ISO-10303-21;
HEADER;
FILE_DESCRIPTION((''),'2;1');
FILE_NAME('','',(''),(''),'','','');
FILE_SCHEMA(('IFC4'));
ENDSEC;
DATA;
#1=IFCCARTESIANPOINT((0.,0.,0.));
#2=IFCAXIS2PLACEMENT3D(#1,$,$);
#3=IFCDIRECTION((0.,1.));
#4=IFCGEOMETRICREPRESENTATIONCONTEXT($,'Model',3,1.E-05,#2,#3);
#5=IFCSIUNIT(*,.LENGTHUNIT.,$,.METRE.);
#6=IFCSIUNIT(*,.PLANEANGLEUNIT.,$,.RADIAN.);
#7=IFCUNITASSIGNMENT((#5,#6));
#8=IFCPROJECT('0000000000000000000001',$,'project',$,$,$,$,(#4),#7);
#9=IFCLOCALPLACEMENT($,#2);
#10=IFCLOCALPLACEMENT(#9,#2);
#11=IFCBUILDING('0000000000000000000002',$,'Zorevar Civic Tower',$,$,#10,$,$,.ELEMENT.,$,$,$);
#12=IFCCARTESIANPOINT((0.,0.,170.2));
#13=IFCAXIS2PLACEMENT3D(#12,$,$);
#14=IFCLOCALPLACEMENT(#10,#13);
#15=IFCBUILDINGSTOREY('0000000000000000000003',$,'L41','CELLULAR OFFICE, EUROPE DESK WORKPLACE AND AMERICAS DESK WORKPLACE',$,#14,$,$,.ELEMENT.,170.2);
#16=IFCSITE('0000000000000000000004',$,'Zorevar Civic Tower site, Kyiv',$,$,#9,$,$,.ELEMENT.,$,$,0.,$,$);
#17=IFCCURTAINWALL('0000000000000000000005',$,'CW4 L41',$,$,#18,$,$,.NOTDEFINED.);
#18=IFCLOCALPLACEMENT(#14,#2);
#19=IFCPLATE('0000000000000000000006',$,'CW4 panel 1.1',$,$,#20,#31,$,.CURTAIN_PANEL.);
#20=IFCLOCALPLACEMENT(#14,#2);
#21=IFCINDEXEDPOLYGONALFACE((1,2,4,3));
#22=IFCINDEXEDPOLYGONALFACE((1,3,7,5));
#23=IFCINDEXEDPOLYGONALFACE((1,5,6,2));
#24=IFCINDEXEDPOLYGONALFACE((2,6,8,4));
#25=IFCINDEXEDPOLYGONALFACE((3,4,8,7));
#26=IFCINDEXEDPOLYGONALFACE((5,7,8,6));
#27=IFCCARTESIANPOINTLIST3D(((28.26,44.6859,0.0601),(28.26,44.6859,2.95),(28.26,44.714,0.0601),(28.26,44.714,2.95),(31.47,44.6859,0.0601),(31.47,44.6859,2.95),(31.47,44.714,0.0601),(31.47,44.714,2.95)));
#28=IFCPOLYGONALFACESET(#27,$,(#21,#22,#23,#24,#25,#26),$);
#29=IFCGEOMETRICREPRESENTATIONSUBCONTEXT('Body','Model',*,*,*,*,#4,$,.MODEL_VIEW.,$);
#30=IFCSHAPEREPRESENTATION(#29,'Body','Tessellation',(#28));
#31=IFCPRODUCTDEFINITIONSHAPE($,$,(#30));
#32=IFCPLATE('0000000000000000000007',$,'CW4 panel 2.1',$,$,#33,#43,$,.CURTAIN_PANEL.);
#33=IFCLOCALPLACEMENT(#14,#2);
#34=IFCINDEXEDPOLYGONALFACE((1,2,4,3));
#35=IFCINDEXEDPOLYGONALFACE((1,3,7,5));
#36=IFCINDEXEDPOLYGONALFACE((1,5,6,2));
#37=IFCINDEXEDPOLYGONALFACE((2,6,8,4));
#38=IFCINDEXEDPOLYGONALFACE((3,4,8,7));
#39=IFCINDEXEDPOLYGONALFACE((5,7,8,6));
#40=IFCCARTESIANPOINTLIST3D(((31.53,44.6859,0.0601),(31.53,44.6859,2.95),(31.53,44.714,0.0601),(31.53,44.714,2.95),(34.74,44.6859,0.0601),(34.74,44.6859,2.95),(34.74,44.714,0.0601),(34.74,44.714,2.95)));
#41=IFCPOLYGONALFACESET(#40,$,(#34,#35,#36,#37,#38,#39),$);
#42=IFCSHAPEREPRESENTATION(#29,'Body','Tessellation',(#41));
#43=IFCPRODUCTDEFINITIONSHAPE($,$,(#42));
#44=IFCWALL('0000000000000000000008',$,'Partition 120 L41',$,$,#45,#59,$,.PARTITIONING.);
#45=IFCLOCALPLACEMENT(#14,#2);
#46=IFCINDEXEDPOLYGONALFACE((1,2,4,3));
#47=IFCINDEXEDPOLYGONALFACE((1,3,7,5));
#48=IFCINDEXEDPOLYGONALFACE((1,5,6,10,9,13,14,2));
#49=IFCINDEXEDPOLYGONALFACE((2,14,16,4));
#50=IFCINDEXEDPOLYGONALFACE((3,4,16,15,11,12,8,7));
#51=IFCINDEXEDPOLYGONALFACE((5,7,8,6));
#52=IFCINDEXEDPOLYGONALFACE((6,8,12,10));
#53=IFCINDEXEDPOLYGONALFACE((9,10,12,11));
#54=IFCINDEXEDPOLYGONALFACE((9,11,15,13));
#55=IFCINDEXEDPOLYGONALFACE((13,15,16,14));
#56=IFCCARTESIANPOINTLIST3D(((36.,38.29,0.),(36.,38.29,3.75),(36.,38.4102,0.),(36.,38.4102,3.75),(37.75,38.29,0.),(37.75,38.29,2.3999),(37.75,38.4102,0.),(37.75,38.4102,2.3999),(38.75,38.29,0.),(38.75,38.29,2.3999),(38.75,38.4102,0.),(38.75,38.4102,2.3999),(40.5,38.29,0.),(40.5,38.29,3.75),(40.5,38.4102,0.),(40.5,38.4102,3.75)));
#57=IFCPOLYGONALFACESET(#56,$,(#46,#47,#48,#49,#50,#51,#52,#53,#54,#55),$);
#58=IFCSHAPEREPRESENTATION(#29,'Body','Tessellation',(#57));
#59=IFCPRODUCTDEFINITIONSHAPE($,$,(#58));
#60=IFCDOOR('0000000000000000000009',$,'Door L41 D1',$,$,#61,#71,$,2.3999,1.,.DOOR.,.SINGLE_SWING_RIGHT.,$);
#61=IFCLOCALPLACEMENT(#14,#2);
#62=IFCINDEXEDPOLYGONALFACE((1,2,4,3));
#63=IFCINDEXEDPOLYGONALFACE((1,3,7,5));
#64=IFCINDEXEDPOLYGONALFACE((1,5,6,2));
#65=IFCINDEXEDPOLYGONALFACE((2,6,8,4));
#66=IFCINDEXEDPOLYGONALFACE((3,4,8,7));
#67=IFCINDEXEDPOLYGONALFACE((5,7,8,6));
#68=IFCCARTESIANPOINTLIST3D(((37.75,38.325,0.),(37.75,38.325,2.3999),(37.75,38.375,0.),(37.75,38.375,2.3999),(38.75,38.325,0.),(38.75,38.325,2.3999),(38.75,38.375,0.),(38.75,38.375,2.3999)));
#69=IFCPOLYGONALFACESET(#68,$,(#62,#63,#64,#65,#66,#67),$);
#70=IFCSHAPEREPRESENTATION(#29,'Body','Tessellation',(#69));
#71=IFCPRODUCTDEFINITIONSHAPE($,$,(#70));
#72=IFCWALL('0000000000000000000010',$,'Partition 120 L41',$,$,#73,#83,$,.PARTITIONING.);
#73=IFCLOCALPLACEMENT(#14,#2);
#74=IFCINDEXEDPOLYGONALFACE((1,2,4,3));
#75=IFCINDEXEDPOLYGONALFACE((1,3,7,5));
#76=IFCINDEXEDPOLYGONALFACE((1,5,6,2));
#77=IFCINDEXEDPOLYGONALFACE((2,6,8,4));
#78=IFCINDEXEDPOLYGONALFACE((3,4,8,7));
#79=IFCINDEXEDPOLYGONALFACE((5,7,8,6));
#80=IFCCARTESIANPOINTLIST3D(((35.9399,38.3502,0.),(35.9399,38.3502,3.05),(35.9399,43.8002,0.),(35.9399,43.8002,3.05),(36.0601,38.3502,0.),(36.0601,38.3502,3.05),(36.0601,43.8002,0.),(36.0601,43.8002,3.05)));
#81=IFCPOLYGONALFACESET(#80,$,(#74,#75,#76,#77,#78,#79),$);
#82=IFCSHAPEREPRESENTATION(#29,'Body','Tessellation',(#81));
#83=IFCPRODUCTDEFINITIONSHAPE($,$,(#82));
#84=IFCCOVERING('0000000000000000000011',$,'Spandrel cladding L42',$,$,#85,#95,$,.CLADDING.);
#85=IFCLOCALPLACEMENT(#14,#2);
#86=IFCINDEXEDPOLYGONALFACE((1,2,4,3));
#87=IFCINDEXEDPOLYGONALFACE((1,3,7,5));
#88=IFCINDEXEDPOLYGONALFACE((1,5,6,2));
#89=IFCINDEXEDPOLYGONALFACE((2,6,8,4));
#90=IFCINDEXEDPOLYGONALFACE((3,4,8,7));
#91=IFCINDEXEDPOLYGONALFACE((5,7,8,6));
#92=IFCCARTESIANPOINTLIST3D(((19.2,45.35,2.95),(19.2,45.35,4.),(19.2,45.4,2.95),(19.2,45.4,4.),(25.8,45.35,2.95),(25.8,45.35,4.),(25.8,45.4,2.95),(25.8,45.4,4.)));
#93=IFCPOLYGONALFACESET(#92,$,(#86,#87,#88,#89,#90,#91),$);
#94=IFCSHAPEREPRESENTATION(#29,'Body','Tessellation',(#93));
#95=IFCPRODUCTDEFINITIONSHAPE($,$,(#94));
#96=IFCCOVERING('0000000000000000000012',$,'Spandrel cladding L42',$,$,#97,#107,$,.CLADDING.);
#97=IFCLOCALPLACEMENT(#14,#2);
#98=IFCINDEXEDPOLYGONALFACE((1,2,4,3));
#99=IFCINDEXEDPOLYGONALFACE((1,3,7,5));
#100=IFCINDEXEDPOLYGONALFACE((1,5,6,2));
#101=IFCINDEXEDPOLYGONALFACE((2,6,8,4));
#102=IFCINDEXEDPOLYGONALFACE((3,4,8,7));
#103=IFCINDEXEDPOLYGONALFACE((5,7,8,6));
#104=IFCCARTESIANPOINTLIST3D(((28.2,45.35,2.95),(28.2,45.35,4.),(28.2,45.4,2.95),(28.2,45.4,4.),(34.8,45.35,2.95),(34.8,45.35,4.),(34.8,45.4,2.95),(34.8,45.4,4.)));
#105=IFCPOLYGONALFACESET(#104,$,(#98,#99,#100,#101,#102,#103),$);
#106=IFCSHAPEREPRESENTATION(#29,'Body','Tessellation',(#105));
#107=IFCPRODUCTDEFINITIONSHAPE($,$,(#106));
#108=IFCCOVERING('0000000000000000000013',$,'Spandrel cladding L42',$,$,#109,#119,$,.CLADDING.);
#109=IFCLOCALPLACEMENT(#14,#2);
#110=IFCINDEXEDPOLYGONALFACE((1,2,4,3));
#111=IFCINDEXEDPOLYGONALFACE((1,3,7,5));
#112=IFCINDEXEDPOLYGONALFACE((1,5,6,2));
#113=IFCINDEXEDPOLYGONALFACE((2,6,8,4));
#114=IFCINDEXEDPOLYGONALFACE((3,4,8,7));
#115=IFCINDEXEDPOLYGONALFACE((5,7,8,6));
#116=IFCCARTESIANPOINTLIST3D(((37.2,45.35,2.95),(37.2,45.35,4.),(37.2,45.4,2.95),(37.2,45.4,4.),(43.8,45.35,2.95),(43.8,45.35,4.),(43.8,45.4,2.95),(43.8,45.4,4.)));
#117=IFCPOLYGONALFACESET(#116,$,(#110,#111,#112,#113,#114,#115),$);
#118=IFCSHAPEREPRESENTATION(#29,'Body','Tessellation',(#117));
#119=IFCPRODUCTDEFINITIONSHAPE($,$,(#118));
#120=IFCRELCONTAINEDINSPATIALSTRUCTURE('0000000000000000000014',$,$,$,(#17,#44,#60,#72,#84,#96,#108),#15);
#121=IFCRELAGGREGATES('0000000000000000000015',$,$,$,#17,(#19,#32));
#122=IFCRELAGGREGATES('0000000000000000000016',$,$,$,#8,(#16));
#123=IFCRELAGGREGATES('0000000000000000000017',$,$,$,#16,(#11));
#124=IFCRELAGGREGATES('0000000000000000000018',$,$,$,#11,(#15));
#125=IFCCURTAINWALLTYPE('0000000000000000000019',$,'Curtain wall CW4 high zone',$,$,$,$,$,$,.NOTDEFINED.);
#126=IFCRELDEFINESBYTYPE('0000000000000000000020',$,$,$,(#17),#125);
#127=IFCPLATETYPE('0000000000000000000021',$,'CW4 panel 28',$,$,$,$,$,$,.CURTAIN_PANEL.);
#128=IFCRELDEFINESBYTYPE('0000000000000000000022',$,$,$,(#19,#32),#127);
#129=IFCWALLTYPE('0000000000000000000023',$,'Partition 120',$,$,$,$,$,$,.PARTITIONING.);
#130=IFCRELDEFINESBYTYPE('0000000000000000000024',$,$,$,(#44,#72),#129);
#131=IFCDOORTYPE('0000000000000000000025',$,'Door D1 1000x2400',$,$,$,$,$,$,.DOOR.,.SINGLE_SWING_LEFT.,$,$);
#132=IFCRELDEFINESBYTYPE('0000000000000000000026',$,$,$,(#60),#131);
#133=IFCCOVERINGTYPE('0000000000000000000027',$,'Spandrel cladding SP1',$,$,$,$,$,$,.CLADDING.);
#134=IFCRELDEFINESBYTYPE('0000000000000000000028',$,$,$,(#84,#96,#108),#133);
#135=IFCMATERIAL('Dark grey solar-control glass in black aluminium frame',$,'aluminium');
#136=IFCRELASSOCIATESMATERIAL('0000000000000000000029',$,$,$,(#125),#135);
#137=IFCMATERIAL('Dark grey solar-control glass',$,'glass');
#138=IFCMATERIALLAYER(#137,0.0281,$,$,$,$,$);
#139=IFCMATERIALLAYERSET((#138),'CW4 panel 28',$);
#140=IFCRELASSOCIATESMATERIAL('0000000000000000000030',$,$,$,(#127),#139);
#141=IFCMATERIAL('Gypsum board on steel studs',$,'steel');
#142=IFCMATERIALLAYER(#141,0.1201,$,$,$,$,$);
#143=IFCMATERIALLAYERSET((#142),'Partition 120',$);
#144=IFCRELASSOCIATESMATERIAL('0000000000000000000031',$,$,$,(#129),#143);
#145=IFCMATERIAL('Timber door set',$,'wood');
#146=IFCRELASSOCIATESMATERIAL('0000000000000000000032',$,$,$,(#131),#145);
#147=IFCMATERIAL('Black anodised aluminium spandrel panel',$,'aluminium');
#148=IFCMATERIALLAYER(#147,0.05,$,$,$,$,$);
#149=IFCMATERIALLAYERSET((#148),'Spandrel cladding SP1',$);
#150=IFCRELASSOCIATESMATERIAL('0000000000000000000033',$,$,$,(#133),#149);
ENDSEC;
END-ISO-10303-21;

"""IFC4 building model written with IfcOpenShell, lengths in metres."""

from ifc_helpers import new_model, si_unit, direction, frame, frame_2d, origin, origin_2d, place, context, subcontext, project, spatial, rectangle, extrude, material, layer, layer_set, type_object, element, fill, aggregate, save


model = new_model("IFC4")

# Units and contexts
model_context = context("Model", 3, precision=1e-05, world=origin(), true_north=direction((0.0, 1.0)))
body_context = subcontext(model_context, "Body", "Model", "MODEL_VIEW")
ifc_project = project(units=[si_unit("LENGTHUNIT", "METRE"), si_unit("PLANEANGLEUNIT", "RADIAN")], contexts=[model_context])

# Site, building, storey
site_placement = place(None, origin())
site = spatial("IfcSite", under=ifc_project, at=site_placement, Name="Zorevar Civic Tower site, Kyiv", CompositionType="ELEMENT", RefElevation=0.0)
building_placement = place(site_placement, origin())
building = spatial("IfcBuilding", under=site, at=building_placement, Name="Zorevar Civic Tower", CompositionType="ELEMENT")
storey_placement = place(building_placement, frame((0.0, 0.0, 170.2)))
storey = spatial("IfcBuildingStorey", under=building, at=storey_placement, Name="L41", Description="CELLULAR OFFICE, EUROPE DESK WORKPLACE AND AMERICAS DESK WORKPLACE", CompositionType="ELEMENT", Elevation=170.2)

# Curtain wall
ifc_material_1 = material(Name="Dark grey solar-control glass in black aluminium frame", Category="aluminium")
curtain_wall_type = type_object("IfcCurtainWallType", Name="Curtain wall CW4 high zone", PredefinedType="NOTDEFINED", material=ifc_material_1)
curtain_wall_1_placement = place(storey_placement, origin())
curtain_wall_1 = element("IfcCurtainWall", 1, at=curtain_wall_1_placement, inside=storey, type_object=curtain_wall_type, Name="CW4 L41", PredefinedType="NOTDEFINED")

# Plates
ifc_material_2 = material(Name="Dark grey solar-control glass", Category="glass")
ifc_layer_1 = layer(ifc_material_2, 0.0281)
ifc_layer_set_1 = layer_set([ifc_layer_1], Name="CW4 panel 28")
plate_type = type_object("IfcPlateType", Name="CW4 panel 28", PredefinedType="CURTAIN_PANEL", material=ifc_layer_set_1)
plate_1_placement = place(storey_placement, frame((29.865, 44.7, 0.0601), z_axis=(0.0, 0.0, 1.0), x_axis=(1.0, 0.0, 0.0)))
plate_1 = element("IfcPlate", 2, at=plate_1_placement, type_object=plate_type, Name="CW4 panel 1.1", PredefinedType="CURTAIN_PANEL", context=body_context, shape_type="SweptSolid", body=[
    extrude(rectangle(XDim=3.21, YDim=0.0281, at=origin_2d()), origin(), (0.0, 0.0, 1.0), 2.8899),
])
plate_2_placement = place(storey_placement, frame((33.135, 44.7, 0.0601), z_axis=(0.0, 0.0, 1.0), x_axis=(1.0, 0.0, 0.0)))
plate_2 = element("IfcPlate", 3, at=plate_2_placement, type_object=plate_type, Name="CW4 panel 2.1", PredefinedType="CURTAIN_PANEL", context=body_context, shape_type="SweptSolid", body=[
    extrude(rectangle(XDim=3.21, YDim=0.0281, at=origin_2d()), origin(), (0.0, 0.0, 1.0), 2.8899),
])
aggregate(curtain_wall_1, [plate_1, plate_2])

# Wall, opening, door
ifc_material_3 = material(Name="Gypsum board on steel studs", Category="steel")
ifc_layer_2 = layer(ifc_material_3, 0.1201)
ifc_layer_set_2 = layer_set([ifc_layer_2], Name="Partition 120")
wall_type = type_object("IfcWallType", Name="Partition 120", PredefinedType="PARTITIONING", material=ifc_layer_set_2)
wall_1_placement = place(storey_placement, frame((36.0, 38.3501, 0.0), z_axis=(0.0, 0.0, 1.0), x_axis=(1.0, 0.0, 0.0)))
wall_1 = element("IfcWall", 4, at=wall_1_placement, inside=storey, type_object=wall_type, Name="Partition 120 L41", PredefinedType="PARTITIONING", context=body_context, shape_type="SweptSolid", body=[
    extrude(rectangle(XDim=4.5, YDim=0.1201, at=frame_2d((2.25, 0.0))), origin(), (0.0, 0.0, 1.0), 3.75),
])
opening_placement = place(wall_1_placement, frame((1.75, 0.0, 0.0)))
opening = element("IfcOpeningElement", 5, at=opening_placement, cuts=wall_1, PredefinedType="OPENING", context=body_context, shape_type="SweptSolid", body=[
    extrude(rectangle(XDim=1.0, YDim=2.3999, at=frame_2d((0.5, 1.2))), frame((0.0, 0.0701, 0.0), z_axis=(0.0, -1.0, 0.0), x_axis=(1.0, 0.0, 0.0)), (0.0, 0.0, 1.0), 0.1401),
])
ifc_material_4 = material(Name="Timber door set", Category="wood")
door_type = type_object("IfcDoorType", Name="Door D1 1000x2400", OperationType="SINGLE_SWING_LEFT", PredefinedType="DOOR", material=ifc_material_4)
door_placement = place(opening_placement, origin())
door = element("IfcDoor", 6, at=door_placement, inside=storey, type_object=door_type, Name="Door L41 D1", OperationType="SINGLE_SWING_RIGHT", OverallHeight=2.3999, OverallWidth=1.0, PredefinedType="DOOR", context=body_context, shape_type="SweptSolid", body=[
    extrude(rectangle(XDim=1.0, YDim=2.3999, at=frame_2d((0.5, 1.2))), frame((0.0, 0.0249, 0.0), z_axis=(0.0, -1.0, 0.0), x_axis=(1.0, 0.0, 0.0)), (0.0, 0.0, 1.0), 0.05),
])
fill(opening, door)

# Wall
wall_2_placement = place(storey_placement, frame((36.0, 38.3501, 0.0), z_axis=(0.0, 0.0, 1.0), x_axis=(0.0, 1.0, 0.0)))
element("IfcWall", 7, at=wall_2_placement, inside=storey, type_object=wall_type, Name="Partition 120 L41", PredefinedType="PARTITIONING", context=body_context, shape_type="SweptSolid", body=[
    extrude(rectangle(XDim=5.45, YDim=0.1201, at=frame_2d((2.7251, 0.0))), origin(), (0.0, 0.0, 1.0), 3.05),
])

# Coverings
ifc_material_5 = material(Name="Black anodised aluminium spandrel panel", Category="aluminium")
ifc_layer_3 = layer(ifc_material_5, 0.05)
ifc_layer_set_3 = layer_set([ifc_layer_3], Name="Spandrel cladding SP1")
covering_type = type_object("IfcCoveringType", Name="Spandrel cladding SP1", PredefinedType="CLADDING", material=ifc_layer_set_3)
for number, where, z_axis, x_axis, name in (
    (8, (19.2, 45.375, 2.95), (0.0, 0.0, 1.0), (1.0, 0.0, 0.0), "Spandrel cladding L42"),
    (9, (28.2, 45.375, 2.95), (0.0, 0.0, 1.0), (1.0, 0.0, 0.0), "Spandrel cladding L42"),
    (10, (37.2, 45.375, 2.95), (0.0, 0.0, 1.0), (1.0, 0.0, 0.0), "Spandrel cladding L42"),
):
    element("IfcCovering", number, at=place(storey_placement, frame(where, z_axis=z_axis, x_axis=x_axis)), inside=storey, type_object=covering_type, Name=name, PredefinedType="CLADDING", context=body_context, shape_type="SweptSolid", body=[
        extrude(rectangle(XDim=6.6001, YDim=0.05, at=frame_2d((3.3, 0.0))), origin(), (0.0, 0.0, 1.0), 1.05),
    ])

save(model, "model.ifc")
